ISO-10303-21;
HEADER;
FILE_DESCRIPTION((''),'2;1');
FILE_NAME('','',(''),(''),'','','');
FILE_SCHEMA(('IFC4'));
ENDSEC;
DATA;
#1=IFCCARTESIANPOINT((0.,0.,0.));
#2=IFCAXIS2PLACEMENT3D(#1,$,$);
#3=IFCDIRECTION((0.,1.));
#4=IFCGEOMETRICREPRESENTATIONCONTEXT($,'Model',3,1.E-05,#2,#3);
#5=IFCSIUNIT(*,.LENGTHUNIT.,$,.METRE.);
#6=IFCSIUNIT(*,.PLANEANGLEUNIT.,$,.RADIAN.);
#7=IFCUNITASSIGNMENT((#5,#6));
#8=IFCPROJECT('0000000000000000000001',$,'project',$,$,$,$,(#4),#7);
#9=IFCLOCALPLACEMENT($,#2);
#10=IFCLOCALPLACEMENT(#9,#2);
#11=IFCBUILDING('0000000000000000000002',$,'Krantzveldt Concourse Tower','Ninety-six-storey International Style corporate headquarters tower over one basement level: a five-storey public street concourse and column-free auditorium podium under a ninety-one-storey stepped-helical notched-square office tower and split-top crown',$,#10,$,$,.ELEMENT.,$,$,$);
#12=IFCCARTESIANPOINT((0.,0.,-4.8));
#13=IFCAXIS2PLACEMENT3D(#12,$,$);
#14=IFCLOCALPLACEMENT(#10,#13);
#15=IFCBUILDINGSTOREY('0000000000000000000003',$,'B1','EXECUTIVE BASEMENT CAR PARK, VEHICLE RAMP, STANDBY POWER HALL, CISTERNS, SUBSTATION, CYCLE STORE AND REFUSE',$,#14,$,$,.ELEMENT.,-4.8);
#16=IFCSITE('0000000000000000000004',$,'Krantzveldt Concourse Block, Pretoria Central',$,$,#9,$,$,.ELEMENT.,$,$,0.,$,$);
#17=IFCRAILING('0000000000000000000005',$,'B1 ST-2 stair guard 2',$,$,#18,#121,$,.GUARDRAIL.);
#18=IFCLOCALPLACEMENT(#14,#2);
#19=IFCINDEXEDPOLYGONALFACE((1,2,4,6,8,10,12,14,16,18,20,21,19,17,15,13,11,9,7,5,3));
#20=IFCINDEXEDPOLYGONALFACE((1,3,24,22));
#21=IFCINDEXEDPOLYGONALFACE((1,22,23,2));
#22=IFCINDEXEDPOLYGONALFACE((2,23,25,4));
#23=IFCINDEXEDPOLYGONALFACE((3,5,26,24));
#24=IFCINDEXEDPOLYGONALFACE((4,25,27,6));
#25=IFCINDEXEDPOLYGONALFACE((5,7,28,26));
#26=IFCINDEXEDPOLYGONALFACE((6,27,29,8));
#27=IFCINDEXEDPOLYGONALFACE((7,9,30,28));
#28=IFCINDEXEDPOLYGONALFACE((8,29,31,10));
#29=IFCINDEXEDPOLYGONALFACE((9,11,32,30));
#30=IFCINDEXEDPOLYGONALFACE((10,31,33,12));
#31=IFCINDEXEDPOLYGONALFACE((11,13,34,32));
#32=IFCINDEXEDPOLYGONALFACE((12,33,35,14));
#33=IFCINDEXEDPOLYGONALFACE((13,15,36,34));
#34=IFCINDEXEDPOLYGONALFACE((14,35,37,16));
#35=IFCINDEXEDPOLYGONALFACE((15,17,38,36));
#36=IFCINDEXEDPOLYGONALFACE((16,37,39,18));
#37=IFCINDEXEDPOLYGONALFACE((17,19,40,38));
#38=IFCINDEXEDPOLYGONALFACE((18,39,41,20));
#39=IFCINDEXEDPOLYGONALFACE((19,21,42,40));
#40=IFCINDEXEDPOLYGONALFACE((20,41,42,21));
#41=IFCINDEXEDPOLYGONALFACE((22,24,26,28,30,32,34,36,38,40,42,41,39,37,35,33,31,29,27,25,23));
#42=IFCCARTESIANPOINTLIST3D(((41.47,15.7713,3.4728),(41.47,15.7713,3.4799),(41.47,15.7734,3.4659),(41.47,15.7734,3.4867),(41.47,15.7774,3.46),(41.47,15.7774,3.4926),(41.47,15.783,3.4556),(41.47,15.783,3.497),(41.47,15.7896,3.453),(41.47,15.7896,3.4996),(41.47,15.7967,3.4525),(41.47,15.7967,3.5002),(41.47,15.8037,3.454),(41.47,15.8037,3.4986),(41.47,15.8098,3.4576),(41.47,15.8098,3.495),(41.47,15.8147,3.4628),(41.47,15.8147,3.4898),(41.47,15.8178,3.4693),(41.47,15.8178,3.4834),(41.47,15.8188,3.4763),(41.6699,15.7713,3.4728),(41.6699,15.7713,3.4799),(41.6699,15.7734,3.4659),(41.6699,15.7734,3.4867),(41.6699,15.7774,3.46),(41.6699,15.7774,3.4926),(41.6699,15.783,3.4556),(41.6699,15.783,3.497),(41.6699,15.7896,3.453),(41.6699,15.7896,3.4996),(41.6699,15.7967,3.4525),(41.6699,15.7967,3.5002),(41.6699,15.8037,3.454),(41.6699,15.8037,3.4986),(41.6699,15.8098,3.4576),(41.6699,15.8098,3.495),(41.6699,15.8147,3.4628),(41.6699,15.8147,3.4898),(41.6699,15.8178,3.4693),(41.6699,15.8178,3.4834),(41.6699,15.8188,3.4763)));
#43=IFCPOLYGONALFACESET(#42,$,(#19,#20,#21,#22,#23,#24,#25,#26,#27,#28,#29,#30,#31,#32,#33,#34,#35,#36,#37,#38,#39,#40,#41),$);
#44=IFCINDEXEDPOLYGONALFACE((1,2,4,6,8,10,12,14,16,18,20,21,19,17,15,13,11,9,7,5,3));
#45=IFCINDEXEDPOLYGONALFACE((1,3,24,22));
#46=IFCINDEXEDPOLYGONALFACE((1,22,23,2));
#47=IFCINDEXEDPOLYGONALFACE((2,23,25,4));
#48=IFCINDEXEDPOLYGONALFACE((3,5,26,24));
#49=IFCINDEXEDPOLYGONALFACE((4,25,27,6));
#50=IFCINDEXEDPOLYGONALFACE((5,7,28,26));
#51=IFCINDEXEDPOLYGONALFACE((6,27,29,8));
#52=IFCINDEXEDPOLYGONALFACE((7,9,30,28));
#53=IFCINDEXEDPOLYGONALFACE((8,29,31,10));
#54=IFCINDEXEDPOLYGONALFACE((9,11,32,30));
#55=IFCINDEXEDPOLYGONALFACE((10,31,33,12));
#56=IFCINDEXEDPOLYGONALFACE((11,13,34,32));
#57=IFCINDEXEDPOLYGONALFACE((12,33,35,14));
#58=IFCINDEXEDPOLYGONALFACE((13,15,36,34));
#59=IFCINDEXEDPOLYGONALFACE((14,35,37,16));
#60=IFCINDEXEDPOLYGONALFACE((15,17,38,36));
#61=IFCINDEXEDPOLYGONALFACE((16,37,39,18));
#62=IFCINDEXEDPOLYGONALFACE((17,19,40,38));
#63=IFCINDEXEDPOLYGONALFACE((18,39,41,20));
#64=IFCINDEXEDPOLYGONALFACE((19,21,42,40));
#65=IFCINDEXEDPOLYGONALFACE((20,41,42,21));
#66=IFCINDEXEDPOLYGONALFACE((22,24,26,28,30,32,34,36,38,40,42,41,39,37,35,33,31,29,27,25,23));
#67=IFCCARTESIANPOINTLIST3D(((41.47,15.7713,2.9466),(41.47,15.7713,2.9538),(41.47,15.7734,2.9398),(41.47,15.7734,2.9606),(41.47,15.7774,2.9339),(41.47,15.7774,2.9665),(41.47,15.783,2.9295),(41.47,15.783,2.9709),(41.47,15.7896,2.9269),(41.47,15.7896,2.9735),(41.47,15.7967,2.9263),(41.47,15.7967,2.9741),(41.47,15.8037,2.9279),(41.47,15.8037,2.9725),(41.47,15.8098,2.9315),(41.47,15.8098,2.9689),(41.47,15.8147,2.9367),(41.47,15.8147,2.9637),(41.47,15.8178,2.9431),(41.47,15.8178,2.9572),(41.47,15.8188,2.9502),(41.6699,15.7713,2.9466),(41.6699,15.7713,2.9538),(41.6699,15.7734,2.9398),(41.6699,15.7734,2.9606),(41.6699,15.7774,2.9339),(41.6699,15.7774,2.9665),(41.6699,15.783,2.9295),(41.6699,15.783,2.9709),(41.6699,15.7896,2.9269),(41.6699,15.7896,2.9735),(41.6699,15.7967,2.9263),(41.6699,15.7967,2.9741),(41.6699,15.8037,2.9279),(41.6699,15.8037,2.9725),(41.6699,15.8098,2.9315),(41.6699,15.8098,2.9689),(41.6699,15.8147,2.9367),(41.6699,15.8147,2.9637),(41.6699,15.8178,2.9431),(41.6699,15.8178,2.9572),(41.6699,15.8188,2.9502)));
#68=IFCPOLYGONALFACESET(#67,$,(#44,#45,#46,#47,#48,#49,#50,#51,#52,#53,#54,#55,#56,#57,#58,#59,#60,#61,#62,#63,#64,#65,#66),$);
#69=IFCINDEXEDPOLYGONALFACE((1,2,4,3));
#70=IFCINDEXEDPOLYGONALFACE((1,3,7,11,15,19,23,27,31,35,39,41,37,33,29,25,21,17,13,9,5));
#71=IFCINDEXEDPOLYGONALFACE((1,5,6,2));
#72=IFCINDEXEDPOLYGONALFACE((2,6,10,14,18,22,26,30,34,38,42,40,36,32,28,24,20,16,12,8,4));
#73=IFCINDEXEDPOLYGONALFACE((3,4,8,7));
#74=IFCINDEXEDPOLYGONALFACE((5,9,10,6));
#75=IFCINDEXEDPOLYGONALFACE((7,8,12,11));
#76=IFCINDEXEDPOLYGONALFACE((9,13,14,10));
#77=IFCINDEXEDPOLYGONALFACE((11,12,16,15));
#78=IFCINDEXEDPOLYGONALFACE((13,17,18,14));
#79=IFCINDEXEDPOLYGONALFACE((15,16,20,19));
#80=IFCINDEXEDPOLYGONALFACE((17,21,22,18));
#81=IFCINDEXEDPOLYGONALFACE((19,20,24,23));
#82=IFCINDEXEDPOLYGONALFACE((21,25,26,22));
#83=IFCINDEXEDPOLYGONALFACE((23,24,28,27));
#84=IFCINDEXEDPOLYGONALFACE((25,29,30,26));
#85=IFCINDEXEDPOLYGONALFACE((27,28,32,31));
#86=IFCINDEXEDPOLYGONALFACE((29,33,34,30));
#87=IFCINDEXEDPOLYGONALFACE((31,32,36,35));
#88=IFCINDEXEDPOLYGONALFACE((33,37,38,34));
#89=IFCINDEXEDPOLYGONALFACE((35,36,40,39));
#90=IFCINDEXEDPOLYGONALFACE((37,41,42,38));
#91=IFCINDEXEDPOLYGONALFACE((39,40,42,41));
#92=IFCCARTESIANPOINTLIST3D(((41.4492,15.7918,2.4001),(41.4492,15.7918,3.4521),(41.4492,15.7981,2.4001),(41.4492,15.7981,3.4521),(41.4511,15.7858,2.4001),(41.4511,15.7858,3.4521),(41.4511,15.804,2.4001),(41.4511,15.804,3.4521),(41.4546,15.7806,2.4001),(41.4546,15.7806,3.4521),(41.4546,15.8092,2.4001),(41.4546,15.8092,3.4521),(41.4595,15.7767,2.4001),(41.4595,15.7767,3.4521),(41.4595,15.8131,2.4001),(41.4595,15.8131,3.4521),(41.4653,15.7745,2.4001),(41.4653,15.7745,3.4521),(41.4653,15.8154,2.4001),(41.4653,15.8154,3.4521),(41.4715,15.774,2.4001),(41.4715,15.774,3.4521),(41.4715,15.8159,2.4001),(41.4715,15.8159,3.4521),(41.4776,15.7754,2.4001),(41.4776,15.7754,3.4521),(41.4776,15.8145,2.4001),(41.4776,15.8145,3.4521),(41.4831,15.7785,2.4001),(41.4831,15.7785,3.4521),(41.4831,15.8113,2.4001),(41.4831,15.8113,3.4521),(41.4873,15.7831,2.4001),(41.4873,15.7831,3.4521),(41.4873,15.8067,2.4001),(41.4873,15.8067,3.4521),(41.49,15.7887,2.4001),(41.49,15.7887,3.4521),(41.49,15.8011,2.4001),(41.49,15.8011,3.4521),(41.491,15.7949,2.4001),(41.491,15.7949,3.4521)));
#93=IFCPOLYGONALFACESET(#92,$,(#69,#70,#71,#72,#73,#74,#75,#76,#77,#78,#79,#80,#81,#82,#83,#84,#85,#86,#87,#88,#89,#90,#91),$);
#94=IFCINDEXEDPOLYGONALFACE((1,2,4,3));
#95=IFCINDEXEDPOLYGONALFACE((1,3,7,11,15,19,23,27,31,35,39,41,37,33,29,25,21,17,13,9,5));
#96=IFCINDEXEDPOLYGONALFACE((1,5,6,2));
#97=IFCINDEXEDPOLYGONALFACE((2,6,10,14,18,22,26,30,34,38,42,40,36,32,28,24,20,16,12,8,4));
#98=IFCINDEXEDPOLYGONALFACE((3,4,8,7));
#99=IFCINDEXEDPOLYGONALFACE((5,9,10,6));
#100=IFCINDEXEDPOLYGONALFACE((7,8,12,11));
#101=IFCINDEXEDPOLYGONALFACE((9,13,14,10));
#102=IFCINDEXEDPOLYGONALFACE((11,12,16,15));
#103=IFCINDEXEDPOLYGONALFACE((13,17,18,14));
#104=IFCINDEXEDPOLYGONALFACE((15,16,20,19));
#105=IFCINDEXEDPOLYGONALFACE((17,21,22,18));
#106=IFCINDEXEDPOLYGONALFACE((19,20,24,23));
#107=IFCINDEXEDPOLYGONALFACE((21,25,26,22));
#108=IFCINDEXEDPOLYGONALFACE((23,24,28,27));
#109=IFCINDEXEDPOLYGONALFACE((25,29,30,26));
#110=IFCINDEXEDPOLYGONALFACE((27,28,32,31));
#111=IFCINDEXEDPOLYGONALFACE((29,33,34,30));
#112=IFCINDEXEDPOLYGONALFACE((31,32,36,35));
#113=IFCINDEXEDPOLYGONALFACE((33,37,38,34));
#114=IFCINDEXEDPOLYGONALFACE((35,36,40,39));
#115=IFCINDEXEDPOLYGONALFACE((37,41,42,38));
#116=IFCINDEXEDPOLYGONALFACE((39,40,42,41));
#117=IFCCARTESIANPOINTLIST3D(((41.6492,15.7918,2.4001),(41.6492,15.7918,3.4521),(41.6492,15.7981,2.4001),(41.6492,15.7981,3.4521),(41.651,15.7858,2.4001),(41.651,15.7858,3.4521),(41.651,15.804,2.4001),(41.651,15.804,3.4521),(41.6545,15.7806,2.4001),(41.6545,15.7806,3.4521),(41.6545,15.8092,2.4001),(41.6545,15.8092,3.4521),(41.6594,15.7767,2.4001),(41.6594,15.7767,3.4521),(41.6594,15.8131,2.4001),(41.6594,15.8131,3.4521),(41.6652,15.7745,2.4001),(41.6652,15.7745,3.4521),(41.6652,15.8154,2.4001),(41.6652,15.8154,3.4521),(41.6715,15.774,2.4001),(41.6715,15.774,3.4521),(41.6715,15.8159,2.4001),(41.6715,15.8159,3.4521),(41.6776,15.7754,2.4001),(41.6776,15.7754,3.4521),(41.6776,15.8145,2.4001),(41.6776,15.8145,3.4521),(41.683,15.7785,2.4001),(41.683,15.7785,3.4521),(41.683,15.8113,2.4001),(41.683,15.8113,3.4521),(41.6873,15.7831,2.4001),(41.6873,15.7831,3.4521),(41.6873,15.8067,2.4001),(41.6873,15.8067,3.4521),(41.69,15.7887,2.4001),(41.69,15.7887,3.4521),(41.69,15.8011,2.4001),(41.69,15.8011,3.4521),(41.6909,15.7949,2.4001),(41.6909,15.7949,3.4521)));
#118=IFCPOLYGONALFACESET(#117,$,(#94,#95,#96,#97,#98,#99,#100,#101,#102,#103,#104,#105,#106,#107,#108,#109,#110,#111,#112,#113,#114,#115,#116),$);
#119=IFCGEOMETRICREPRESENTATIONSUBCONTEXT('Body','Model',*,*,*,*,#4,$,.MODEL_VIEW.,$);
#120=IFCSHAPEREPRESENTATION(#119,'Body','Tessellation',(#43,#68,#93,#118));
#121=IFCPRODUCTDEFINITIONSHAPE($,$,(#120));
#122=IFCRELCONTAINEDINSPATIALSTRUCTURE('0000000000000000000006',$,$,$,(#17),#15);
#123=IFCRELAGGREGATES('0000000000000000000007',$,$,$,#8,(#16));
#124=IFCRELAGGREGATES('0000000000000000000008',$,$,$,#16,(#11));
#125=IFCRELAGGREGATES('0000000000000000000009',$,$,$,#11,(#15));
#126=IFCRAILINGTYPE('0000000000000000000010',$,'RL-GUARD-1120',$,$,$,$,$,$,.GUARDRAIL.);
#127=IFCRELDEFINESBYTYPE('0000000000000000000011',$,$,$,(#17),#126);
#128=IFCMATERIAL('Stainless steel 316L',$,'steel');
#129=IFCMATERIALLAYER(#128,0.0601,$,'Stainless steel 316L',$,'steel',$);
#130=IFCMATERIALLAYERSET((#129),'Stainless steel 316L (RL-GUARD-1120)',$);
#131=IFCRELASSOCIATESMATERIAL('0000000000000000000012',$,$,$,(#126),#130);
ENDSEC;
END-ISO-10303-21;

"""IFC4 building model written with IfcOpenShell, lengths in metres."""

from ifc_helpers import new_model, si_unit, direction, frame, origin, origin_2d, place, context, subcontext, project, spatial, circle, extrude, material, layer, layer_set, type_object, element, save


model = new_model("IFC4")

# Units and contexts
model_context = context("Model", 3, precision=1e-05, world=origin(), true_north=direction((0.0, 1.0)))
body_context = subcontext(model_context, "Body", "Model", "MODEL_VIEW")
ifc_project = project(units=[si_unit("LENGTHUNIT", "METRE"), si_unit("PLANEANGLEUNIT", "RADIAN")], contexts=[model_context])

# Site, building, storey
site_placement = place(None, origin())
site = spatial("IfcSite", under=ifc_project, at=site_placement, Name="Krantzveldt Concourse Block, Pretoria Central", CompositionType="ELEMENT", RefElevation=0.0)
building_placement = place(site_placement, origin())
building = spatial("IfcBuilding", under=site, at=building_placement, Name="Krantzveldt Concourse Tower", Description="Ninety-six-storey International Style corporate headquarters tower over one basement level: a five-storey public street concourse and column-free auditorium podium under a ninety-one-storey stepped-helical notched-square office tower and split-top crown", CompositionType="ELEMENT")
storey_placement = place(building_placement, frame((0.0, 0.0, -4.8)))
storey = spatial("IfcBuildingStorey", under=building, at=storey_placement, Name="B1", Description="EXECUTIVE BASEMENT CAR PARK, VEHICLE RAMP, STANDBY POWER HALL, CISTERNS, SUBSTATION, CYCLE STORE AND REFUSE", CompositionType="ELEMENT", Elevation=-4.8)

# Shared definitions
ifc_material_1 = material(Name="Stainless steel 316L", Category="steel")

# Railing
ifc_layer_1 = layer(ifc_material_1, 0.0601, Name="Stainless steel 316L", Category="steel")
ifc_layer_set_1 = layer_set([ifc_layer_1], Name="Stainless steel 316L (RL-GUARD-1120)")
railing_type_1 = type_object("IfcRailingType", Name="RL-GUARD-1120", PredefinedType="GUARDRAIL", material=ifc_layer_set_1)
railing_1_placement = place(storey_placement, frame((41.47, 15.7949, 2.4001)))
element("IfcRailing", 1, at=railing_1_placement, inside=storey, type_object=railing_type_1, Name="B1 ST-2 stair guard 2", PredefinedType="GUARDRAIL", context=body_context, shape_type="SweptSolid", body=[
    extrude(circle(Radius=0.0239, at=origin_2d()), frame((0.0, 0.0, 1.0762), z_axis=(1.0, 0.0, 0.0), x_axis=(0.0, 1.0, 0.0)), (0.0, 0.0, 1.0), 0.2),
    extrude(circle(Radius=0.0239, at=origin_2d()), frame((0.0, 0.0, 0.55), z_axis=(1.0, 0.0, 0.0), x_axis=(0.0, 1.0, 0.0)), (0.0, 0.0, 1.0), 0.2),
    extrude(circle(Radius=0.021, at=origin_2d()), origin(), (0.0, 0.0, 1.0), 1.052),
    extrude(circle(Radius=0.021, at=origin_2d()), frame((0.2, 0.0, 0.0)), (0.0, 0.0, 1.0), 1.052),
])

save(model, "model.ifc")
